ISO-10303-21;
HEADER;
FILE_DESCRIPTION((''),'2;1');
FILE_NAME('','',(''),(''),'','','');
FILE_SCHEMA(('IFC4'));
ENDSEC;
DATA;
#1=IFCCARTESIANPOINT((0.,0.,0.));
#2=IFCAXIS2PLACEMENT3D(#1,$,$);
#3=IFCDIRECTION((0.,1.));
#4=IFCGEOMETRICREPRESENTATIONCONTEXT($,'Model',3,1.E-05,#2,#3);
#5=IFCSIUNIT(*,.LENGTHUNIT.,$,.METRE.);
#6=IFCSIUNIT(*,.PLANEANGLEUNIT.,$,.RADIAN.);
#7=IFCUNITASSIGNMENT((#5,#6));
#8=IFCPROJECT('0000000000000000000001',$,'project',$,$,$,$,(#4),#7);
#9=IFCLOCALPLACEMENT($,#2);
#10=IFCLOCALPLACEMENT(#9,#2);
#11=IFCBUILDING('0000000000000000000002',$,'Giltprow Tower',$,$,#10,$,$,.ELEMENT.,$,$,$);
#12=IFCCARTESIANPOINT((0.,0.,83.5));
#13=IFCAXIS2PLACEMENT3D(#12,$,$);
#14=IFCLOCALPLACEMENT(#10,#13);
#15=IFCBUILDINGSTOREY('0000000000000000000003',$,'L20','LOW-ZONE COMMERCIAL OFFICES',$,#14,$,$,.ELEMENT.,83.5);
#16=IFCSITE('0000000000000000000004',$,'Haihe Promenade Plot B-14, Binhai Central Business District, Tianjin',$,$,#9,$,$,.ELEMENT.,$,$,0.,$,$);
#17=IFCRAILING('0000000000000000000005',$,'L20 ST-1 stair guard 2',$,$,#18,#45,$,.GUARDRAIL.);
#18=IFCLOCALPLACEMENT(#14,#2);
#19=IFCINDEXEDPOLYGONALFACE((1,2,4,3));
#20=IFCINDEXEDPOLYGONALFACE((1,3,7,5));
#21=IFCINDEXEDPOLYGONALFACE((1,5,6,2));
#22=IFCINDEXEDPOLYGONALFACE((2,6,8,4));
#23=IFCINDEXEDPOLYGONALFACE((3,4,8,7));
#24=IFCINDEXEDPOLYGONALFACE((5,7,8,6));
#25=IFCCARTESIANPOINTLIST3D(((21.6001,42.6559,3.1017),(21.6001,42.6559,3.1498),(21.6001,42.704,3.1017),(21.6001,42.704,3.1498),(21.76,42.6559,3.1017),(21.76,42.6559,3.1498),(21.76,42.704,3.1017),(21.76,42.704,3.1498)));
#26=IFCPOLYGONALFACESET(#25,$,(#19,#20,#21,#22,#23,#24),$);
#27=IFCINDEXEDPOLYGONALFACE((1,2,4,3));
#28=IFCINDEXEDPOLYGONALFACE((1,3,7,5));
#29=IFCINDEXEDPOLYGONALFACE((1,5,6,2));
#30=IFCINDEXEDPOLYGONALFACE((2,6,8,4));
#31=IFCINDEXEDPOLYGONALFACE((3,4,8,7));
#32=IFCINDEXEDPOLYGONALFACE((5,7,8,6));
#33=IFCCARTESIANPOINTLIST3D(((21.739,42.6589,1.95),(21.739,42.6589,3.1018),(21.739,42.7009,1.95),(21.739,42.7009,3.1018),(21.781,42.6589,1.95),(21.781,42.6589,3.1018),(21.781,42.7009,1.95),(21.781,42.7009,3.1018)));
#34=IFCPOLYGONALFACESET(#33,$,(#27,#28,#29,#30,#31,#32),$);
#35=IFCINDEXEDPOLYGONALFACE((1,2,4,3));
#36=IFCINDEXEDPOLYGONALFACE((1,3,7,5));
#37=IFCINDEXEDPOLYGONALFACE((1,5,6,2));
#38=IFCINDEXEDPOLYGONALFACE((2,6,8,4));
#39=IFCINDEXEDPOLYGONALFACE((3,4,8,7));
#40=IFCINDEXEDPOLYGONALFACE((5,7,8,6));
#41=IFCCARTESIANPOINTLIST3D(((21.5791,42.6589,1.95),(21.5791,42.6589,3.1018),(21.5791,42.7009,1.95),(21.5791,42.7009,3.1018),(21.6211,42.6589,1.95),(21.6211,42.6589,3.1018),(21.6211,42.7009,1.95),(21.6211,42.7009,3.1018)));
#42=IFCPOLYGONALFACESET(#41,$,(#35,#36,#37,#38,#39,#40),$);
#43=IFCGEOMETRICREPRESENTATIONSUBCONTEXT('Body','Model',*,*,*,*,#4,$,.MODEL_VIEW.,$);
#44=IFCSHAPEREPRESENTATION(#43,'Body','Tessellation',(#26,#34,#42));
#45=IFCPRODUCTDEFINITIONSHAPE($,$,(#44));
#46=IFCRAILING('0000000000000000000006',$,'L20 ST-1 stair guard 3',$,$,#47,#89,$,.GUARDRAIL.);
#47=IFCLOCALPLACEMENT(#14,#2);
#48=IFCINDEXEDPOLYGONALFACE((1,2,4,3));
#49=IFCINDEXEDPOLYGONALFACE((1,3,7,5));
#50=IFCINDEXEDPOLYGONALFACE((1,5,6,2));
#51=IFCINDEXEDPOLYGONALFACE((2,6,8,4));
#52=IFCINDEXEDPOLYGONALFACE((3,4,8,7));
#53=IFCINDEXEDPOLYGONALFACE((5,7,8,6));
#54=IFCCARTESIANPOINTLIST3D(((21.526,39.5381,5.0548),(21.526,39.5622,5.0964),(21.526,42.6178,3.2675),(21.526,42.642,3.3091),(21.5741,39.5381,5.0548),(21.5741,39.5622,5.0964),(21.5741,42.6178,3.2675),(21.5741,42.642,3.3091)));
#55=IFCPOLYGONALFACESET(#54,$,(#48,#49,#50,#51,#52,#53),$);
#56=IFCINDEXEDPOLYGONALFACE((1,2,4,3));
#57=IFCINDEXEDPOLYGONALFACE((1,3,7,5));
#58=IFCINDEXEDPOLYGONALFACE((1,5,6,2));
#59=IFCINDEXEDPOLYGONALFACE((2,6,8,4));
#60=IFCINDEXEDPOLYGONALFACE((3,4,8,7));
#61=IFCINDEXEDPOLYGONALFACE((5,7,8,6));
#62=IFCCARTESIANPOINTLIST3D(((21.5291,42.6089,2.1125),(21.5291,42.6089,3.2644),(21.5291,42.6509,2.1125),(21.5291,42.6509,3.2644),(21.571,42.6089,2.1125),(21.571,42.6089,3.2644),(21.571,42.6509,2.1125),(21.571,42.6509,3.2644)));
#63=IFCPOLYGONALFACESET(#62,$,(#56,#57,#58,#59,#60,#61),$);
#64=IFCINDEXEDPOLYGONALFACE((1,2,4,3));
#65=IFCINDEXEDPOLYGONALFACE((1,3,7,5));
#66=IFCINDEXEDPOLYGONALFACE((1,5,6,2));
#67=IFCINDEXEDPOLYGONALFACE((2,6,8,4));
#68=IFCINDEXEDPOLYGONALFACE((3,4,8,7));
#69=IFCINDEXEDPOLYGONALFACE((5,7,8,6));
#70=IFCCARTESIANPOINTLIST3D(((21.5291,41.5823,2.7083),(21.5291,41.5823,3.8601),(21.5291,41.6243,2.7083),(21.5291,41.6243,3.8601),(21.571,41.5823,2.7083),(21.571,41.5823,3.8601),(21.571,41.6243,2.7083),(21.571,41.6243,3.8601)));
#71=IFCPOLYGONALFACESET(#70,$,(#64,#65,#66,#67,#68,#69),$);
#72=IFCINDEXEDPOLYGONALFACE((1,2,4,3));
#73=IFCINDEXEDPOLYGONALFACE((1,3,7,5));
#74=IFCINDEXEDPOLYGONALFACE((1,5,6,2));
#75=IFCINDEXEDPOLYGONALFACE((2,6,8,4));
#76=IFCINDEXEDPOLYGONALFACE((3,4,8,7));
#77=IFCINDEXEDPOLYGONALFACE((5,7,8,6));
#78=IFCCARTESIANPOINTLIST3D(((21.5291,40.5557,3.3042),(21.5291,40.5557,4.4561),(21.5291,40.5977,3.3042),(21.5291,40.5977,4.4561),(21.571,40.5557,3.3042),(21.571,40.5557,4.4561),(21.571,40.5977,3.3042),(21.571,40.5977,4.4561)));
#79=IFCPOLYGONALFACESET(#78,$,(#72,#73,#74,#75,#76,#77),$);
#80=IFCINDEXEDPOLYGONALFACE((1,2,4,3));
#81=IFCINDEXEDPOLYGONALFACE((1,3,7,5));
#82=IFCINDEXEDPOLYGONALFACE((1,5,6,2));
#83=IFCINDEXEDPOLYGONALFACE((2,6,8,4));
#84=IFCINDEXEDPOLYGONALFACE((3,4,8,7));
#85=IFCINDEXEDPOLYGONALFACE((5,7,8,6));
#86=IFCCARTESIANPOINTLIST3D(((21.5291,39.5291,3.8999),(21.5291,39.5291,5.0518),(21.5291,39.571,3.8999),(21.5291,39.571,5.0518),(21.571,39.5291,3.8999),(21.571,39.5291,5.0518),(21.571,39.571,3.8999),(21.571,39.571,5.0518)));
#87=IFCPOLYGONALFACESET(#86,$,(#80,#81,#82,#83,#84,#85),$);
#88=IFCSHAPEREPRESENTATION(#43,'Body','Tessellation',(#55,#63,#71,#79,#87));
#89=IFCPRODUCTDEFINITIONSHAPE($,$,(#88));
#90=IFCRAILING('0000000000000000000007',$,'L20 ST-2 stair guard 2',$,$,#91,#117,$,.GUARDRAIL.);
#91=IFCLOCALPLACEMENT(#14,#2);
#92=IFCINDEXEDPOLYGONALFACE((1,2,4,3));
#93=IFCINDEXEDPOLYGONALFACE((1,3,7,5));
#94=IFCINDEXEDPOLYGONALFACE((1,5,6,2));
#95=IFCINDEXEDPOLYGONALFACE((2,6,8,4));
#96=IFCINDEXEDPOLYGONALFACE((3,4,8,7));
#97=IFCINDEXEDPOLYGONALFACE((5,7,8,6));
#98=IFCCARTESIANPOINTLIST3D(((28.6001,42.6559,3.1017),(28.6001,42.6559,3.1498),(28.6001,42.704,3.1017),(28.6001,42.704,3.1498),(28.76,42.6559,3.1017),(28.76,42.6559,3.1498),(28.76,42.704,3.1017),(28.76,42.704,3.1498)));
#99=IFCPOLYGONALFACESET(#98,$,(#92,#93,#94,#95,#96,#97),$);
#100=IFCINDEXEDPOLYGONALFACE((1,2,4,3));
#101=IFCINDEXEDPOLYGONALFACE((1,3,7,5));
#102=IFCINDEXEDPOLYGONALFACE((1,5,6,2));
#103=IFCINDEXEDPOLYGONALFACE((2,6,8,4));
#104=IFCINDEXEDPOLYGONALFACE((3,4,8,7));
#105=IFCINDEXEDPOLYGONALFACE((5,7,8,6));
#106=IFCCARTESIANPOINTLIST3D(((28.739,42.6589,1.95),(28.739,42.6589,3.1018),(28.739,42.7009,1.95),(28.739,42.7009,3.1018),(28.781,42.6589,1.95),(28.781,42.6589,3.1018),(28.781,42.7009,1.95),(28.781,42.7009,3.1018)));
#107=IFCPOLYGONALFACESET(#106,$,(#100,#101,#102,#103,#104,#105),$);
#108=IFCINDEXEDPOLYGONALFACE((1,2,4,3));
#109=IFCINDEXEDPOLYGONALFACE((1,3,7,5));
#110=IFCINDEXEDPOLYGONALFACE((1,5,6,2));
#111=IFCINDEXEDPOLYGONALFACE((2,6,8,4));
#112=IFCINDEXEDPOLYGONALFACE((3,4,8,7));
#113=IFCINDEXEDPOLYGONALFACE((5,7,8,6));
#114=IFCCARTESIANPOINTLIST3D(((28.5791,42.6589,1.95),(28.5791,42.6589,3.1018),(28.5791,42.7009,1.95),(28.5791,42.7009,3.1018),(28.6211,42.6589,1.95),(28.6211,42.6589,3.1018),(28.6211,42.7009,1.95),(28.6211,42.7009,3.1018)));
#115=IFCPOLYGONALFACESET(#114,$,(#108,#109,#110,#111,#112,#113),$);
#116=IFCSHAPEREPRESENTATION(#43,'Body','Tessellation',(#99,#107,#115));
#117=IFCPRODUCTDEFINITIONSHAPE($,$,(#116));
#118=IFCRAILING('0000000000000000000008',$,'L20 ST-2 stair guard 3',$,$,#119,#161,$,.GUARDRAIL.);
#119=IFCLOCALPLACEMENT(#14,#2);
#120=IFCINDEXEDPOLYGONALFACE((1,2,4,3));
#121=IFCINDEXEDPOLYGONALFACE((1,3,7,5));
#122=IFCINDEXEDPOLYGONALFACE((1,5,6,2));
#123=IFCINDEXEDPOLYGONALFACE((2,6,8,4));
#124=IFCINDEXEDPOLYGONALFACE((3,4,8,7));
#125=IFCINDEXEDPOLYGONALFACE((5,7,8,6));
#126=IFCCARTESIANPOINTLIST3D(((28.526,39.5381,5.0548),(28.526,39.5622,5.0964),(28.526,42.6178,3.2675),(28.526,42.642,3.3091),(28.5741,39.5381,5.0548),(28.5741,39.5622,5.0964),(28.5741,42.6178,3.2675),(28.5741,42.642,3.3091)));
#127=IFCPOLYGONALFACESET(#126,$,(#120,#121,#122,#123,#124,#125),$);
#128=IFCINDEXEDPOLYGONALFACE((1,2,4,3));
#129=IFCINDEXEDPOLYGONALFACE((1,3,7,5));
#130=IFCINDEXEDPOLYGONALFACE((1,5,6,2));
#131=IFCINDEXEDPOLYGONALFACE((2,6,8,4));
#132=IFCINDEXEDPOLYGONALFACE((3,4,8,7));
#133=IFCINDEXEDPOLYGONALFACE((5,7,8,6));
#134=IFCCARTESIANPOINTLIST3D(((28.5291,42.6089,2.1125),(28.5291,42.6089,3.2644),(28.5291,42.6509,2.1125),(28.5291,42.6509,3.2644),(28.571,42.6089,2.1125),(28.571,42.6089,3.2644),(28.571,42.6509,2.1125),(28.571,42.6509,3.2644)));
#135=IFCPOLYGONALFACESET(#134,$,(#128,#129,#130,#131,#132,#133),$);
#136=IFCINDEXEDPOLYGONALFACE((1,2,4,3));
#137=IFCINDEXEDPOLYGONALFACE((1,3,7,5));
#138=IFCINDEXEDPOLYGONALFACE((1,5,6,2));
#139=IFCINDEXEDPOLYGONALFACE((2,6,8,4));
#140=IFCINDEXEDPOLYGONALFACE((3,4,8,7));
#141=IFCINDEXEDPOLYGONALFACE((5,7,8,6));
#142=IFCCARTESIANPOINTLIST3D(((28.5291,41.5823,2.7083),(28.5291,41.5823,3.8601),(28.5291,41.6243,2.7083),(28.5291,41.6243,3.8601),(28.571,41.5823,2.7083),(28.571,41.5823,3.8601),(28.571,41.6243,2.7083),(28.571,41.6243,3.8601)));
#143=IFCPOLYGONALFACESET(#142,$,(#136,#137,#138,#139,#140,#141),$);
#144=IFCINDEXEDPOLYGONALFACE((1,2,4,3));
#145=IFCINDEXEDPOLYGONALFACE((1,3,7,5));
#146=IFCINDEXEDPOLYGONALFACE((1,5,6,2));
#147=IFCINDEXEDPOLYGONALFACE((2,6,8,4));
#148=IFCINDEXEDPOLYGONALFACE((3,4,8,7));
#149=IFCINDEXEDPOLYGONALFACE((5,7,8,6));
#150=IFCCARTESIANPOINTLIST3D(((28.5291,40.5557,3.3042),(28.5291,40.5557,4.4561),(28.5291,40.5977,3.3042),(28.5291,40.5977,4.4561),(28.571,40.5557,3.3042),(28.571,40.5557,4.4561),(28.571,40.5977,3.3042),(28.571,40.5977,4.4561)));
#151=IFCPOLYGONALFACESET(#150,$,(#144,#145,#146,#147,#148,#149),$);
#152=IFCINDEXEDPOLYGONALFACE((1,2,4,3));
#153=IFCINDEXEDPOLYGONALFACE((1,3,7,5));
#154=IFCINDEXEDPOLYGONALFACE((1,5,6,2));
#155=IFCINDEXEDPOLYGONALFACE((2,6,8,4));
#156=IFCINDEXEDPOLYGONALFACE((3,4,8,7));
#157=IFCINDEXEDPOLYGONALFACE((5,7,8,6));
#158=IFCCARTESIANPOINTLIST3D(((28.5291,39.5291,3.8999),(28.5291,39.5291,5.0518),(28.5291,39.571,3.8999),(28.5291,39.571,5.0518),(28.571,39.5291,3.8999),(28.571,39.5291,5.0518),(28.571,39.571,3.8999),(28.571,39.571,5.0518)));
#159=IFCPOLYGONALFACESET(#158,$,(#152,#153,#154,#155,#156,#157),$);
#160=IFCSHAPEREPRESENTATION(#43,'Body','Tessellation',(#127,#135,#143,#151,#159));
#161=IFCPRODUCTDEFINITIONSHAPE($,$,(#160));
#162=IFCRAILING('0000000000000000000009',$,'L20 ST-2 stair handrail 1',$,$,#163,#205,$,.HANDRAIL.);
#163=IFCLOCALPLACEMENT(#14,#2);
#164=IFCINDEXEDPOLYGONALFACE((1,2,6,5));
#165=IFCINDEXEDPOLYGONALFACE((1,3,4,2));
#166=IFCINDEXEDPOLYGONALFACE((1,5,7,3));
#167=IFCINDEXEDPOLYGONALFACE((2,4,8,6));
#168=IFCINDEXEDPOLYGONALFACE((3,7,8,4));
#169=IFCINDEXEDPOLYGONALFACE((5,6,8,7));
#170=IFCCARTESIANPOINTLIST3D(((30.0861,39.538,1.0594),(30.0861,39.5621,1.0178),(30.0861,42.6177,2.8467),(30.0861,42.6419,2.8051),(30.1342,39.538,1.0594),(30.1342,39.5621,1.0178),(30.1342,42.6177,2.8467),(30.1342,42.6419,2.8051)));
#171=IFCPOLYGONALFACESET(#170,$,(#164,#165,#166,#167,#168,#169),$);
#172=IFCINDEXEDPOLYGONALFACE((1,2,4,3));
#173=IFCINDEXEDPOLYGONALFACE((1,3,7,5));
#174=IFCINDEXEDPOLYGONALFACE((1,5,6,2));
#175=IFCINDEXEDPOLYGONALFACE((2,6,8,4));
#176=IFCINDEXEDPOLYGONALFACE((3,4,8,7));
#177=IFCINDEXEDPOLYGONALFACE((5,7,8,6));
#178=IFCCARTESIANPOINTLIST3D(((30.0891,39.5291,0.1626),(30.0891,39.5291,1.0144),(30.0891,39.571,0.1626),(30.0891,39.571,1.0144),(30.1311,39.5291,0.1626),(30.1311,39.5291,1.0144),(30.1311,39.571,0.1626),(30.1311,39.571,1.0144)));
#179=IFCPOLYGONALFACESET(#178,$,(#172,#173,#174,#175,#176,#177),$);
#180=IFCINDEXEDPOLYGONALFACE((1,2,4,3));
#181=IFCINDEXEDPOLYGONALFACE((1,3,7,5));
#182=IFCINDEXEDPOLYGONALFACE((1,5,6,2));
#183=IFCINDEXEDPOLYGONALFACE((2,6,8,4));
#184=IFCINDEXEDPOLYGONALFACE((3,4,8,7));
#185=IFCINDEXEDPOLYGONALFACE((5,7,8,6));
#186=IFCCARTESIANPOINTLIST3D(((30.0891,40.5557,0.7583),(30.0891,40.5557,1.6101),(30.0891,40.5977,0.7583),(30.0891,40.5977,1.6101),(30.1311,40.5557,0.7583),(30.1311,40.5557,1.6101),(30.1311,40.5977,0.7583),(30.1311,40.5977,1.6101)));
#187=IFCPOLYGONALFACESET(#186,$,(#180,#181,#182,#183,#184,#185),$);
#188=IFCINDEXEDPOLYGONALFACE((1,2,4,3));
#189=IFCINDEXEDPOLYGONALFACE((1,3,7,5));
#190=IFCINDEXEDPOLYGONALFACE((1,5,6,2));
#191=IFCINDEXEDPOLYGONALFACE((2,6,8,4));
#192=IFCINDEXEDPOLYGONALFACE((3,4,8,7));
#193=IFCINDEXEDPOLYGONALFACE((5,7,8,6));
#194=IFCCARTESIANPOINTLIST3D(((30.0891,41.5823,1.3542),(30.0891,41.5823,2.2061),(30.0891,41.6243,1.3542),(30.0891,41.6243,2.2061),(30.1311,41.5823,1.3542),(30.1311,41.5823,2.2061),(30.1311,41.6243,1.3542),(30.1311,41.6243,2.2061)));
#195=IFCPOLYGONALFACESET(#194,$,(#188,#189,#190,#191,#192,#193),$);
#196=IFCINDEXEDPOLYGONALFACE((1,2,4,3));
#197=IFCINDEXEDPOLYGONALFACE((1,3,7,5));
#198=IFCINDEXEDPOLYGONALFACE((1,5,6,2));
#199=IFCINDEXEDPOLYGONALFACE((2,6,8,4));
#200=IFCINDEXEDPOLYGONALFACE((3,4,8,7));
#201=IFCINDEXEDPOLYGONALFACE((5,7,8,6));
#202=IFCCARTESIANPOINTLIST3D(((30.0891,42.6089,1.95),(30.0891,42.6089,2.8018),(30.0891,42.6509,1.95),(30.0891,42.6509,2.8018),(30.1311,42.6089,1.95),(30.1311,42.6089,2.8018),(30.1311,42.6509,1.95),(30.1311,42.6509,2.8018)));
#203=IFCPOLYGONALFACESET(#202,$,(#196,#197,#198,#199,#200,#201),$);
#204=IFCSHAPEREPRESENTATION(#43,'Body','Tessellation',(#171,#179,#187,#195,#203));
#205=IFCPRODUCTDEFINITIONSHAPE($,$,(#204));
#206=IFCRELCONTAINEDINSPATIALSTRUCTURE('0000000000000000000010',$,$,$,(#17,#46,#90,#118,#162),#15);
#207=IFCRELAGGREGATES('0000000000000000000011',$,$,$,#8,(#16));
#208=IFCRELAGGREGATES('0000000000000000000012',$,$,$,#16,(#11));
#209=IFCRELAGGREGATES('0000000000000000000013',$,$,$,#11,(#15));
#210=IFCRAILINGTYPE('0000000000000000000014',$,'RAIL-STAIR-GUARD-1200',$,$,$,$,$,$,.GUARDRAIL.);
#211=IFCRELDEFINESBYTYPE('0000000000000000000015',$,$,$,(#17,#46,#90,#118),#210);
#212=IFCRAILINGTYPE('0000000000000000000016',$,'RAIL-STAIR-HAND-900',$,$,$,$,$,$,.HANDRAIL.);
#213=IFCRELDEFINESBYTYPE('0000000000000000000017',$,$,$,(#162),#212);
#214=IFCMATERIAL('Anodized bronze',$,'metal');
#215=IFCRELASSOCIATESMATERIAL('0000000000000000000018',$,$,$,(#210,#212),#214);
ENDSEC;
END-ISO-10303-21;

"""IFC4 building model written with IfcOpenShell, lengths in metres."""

from ifc_helpers import new_model, si_unit, direction, frame, origin, origin_2d, place, context, subcontext, project, spatial, rectangle, extrude, material, type_object, element, save


model = new_model("IFC4")

# Units and contexts
model_context = context("Model", 3, precision=1e-05, world=origin(), true_north=direction((0.0, 1.0)))
body_context = subcontext(model_context, "Body", "Model", "MODEL_VIEW")
ifc_project = project(units=[si_unit("LENGTHUNIT", "METRE"), si_unit("PLANEANGLEUNIT", "RADIAN")], contexts=[model_context])

# Site, building, storey
site_placement = place(None, origin())
site = spatial("IfcSite", under=ifc_project, at=site_placement, Name="Haihe Promenade Plot B-14, Binhai Central Business District, Tianjin", CompositionType="ELEMENT", RefElevation=0.0)
building_placement = place(site_placement, origin())
building = spatial("IfcBuilding", under=site, at=building_placement, Name="Giltprow Tower", CompositionType="ELEMENT")
storey_placement = place(building_placement, frame((0.0, 0.0, 83.5)))
storey = spatial("IfcBuildingStorey", under=building, at=storey_placement, Name="L20", Description="LOW-ZONE COMMERCIAL OFFICES", CompositionType="ELEMENT", Elevation=83.5)

# Railings
ifc_material_1 = material(Name="Anodized bronze", Category="metal")
railing_type_1 = type_object("IfcRailingType", Name="RAIL-STAIR-GUARD-1200", PredefinedType="GUARDRAIL", material=ifc_material_1)
railing_1_placement = place(storey_placement, frame((21.76, 42.6799, 1.95)))
element("IfcRailing", 1, at=railing_1_placement, inside=storey, type_object=railing_type_1, Name="L20 ST-1 stair guard 2", PredefinedType="GUARDRAIL", context=body_context, shape_type="SweptSolid", body=[
    extrude(rectangle(XDim=0.0481, YDim=0.0481, at=origin_2d()), frame((0.0, 0.0, 1.1758), z_axis=(-1.0, 0.0, 0.0), x_axis=(0.0, -1.0, 0.0)), (0.0, 0.0, 1.0), 0.1599),
    extrude(rectangle(XDim=0.042, YDim=0.042, at=origin_2d()), origin(), (0.0, 0.0, 1.0), 1.1519),
    extrude(rectangle(XDim=0.042, YDim=0.042, at=origin_2d()), frame((-0.1599, 0.0, 0.0)), (0.0, 0.0, 1.0), 1.1519),
])
railing_2_placement = place(storey_placement, frame((21.55, 42.6299, 2.1125)))
element("IfcRailing", 2, at=railing_2_placement, inside=storey, type_object=railing_type_1, Name="L20 ST-1 stair guard 3", PredefinedType="GUARDRAIL", context=body_context, shape_type="SweptSolid", body=[
    extrude(rectangle(XDim=0.0481, YDim=0.0481, at=origin_2d()), frame((0.0, 0.0, 1.1758), z_axis=(0.0, -0.864903, 0.501939), x_axis=(1.0, 0.0, 0.0)), (0.0, 0.0, 1.0), 3.5608),
    extrude(rectangle(XDim=0.042, YDim=0.042, at=origin_2d()), origin(), (0.0, 0.0, 1.0), 1.1519),
    extrude(rectangle(XDim=0.042, YDim=0.042, at=origin_2d()), frame((0.0, -1.0266, 0.5957)), (0.0, 0.0, 1.0), 1.1519),
    extrude(rectangle(XDim=0.042, YDim=0.042, at=origin_2d()), frame((0.0, -2.0532, 1.1917)), (0.0, 0.0, 1.0), 1.1519),
    extrude(rectangle(XDim=0.042, YDim=0.042, at=origin_2d()), frame((0.0, -3.0798, 1.7874)), (0.0, 0.0, 1.0), 1.1519),
])
railing_3_placement = place(storey_placement, frame((28.76, 42.6799, 1.95)))
element("IfcRailing", 3, at=railing_3_placement, inside=storey, type_object=railing_type_1, Name="L20 ST-2 stair guard 2", PredefinedType="GUARDRAIL", context=body_context, shape_type="SweptSolid", body=[
    extrude(rectangle(XDim=0.0481, YDim=0.0481, at=origin_2d()), frame((0.0, 0.0, 1.1758), z_axis=(-1.0, 0.0, 0.0), x_axis=(0.0, -1.0, 0.0)), (0.0, 0.0, 1.0), 0.1599),
    extrude(rectangle(XDim=0.042, YDim=0.042, at=origin_2d()), origin(), (0.0, 0.0, 1.0), 1.1519),
    extrude(rectangle(XDim=0.042, YDim=0.042, at=origin_2d()), frame((-0.1599, 0.0, 0.0)), (0.0, 0.0, 1.0), 1.1519),
])
railing_4_placement = place(storey_placement, frame((28.55, 42.6299, 2.1125)))
element("IfcRailing", 4, at=railing_4_placement, inside=storey, type_object=railing_type_1, Name="L20 ST-2 stair guard 3", PredefinedType="GUARDRAIL", context=body_context, shape_type="SweptSolid", body=[
    extrude(rectangle(XDim=0.0481, YDim=0.0481, at=origin_2d()), frame((0.0, 0.0, 1.1758), z_axis=(0.0, -0.864903, 0.501939), x_axis=(1.0, 0.0, 0.0)), (0.0, 0.0, 1.0), 3.5608),
    extrude(rectangle(XDim=0.042, YDim=0.042, at=origin_2d()), origin(), (0.0, 0.0, 1.0), 1.1519),
    extrude(rectangle(XDim=0.042, YDim=0.042, at=origin_2d()), frame((0.0, -1.0266, 0.5957)), (0.0, 0.0, 1.0), 1.1519),
    extrude(rectangle(XDim=0.042, YDim=0.042, at=origin_2d()), frame((0.0, -2.0532, 1.1917)), (0.0, 0.0, 1.0), 1.1519),
    extrude(rectangle(XDim=0.042, YDim=0.042, at=origin_2d()), frame((0.0, -3.0798, 1.7874)), (0.0, 0.0, 1.0), 1.1519),
])
railing_type_2 = type_object("IfcRailingType", Name="RAIL-STAIR-HAND-900", PredefinedType="HANDRAIL", material=ifc_material_1)
railing_5_placement = place(storey_placement, frame((30.1101, 39.55, 0.1626)))
element("IfcRailing", 5, at=railing_5_placement, inside=storey, type_object=railing_type_2, Name="L20 ST-2 stair handrail 1", PredefinedType="HANDRAIL", context=body_context, shape_type="SweptSolid", body=[
    extrude(rectangle(XDim=0.0481, YDim=0.0481, at=origin_2d()), frame((0.0, 0.0, 0.876), z_axis=(0.0, 0.864903, 0.501939), x_axis=(-1.0, 0.0, 0.0)), (0.0, 0.0, 1.0), 3.5608),
    extrude(rectangle(XDim=0.042, YDim=0.042, at=origin_2d()), origin(), (0.0, 0.0, 1.0), 0.8518),
    extrude(rectangle(XDim=0.042, YDim=0.042, at=origin_2d()), frame((0.0, 1.0266, 0.5957)), (0.0, 0.0, 1.0), 0.8518),
    extrude(rectangle(XDim=0.042, YDim=0.042, at=origin_2d()), frame((0.0, 2.0532, 1.1917)), (0.0, 0.0, 1.0), 0.8518),
    extrude(rectangle(XDim=0.042, YDim=0.042, at=origin_2d()), frame((0.0, 3.0798, 1.7874)), (0.0, 0.0, 1.0), 0.8518),
])

save(model, "model.ifc")
